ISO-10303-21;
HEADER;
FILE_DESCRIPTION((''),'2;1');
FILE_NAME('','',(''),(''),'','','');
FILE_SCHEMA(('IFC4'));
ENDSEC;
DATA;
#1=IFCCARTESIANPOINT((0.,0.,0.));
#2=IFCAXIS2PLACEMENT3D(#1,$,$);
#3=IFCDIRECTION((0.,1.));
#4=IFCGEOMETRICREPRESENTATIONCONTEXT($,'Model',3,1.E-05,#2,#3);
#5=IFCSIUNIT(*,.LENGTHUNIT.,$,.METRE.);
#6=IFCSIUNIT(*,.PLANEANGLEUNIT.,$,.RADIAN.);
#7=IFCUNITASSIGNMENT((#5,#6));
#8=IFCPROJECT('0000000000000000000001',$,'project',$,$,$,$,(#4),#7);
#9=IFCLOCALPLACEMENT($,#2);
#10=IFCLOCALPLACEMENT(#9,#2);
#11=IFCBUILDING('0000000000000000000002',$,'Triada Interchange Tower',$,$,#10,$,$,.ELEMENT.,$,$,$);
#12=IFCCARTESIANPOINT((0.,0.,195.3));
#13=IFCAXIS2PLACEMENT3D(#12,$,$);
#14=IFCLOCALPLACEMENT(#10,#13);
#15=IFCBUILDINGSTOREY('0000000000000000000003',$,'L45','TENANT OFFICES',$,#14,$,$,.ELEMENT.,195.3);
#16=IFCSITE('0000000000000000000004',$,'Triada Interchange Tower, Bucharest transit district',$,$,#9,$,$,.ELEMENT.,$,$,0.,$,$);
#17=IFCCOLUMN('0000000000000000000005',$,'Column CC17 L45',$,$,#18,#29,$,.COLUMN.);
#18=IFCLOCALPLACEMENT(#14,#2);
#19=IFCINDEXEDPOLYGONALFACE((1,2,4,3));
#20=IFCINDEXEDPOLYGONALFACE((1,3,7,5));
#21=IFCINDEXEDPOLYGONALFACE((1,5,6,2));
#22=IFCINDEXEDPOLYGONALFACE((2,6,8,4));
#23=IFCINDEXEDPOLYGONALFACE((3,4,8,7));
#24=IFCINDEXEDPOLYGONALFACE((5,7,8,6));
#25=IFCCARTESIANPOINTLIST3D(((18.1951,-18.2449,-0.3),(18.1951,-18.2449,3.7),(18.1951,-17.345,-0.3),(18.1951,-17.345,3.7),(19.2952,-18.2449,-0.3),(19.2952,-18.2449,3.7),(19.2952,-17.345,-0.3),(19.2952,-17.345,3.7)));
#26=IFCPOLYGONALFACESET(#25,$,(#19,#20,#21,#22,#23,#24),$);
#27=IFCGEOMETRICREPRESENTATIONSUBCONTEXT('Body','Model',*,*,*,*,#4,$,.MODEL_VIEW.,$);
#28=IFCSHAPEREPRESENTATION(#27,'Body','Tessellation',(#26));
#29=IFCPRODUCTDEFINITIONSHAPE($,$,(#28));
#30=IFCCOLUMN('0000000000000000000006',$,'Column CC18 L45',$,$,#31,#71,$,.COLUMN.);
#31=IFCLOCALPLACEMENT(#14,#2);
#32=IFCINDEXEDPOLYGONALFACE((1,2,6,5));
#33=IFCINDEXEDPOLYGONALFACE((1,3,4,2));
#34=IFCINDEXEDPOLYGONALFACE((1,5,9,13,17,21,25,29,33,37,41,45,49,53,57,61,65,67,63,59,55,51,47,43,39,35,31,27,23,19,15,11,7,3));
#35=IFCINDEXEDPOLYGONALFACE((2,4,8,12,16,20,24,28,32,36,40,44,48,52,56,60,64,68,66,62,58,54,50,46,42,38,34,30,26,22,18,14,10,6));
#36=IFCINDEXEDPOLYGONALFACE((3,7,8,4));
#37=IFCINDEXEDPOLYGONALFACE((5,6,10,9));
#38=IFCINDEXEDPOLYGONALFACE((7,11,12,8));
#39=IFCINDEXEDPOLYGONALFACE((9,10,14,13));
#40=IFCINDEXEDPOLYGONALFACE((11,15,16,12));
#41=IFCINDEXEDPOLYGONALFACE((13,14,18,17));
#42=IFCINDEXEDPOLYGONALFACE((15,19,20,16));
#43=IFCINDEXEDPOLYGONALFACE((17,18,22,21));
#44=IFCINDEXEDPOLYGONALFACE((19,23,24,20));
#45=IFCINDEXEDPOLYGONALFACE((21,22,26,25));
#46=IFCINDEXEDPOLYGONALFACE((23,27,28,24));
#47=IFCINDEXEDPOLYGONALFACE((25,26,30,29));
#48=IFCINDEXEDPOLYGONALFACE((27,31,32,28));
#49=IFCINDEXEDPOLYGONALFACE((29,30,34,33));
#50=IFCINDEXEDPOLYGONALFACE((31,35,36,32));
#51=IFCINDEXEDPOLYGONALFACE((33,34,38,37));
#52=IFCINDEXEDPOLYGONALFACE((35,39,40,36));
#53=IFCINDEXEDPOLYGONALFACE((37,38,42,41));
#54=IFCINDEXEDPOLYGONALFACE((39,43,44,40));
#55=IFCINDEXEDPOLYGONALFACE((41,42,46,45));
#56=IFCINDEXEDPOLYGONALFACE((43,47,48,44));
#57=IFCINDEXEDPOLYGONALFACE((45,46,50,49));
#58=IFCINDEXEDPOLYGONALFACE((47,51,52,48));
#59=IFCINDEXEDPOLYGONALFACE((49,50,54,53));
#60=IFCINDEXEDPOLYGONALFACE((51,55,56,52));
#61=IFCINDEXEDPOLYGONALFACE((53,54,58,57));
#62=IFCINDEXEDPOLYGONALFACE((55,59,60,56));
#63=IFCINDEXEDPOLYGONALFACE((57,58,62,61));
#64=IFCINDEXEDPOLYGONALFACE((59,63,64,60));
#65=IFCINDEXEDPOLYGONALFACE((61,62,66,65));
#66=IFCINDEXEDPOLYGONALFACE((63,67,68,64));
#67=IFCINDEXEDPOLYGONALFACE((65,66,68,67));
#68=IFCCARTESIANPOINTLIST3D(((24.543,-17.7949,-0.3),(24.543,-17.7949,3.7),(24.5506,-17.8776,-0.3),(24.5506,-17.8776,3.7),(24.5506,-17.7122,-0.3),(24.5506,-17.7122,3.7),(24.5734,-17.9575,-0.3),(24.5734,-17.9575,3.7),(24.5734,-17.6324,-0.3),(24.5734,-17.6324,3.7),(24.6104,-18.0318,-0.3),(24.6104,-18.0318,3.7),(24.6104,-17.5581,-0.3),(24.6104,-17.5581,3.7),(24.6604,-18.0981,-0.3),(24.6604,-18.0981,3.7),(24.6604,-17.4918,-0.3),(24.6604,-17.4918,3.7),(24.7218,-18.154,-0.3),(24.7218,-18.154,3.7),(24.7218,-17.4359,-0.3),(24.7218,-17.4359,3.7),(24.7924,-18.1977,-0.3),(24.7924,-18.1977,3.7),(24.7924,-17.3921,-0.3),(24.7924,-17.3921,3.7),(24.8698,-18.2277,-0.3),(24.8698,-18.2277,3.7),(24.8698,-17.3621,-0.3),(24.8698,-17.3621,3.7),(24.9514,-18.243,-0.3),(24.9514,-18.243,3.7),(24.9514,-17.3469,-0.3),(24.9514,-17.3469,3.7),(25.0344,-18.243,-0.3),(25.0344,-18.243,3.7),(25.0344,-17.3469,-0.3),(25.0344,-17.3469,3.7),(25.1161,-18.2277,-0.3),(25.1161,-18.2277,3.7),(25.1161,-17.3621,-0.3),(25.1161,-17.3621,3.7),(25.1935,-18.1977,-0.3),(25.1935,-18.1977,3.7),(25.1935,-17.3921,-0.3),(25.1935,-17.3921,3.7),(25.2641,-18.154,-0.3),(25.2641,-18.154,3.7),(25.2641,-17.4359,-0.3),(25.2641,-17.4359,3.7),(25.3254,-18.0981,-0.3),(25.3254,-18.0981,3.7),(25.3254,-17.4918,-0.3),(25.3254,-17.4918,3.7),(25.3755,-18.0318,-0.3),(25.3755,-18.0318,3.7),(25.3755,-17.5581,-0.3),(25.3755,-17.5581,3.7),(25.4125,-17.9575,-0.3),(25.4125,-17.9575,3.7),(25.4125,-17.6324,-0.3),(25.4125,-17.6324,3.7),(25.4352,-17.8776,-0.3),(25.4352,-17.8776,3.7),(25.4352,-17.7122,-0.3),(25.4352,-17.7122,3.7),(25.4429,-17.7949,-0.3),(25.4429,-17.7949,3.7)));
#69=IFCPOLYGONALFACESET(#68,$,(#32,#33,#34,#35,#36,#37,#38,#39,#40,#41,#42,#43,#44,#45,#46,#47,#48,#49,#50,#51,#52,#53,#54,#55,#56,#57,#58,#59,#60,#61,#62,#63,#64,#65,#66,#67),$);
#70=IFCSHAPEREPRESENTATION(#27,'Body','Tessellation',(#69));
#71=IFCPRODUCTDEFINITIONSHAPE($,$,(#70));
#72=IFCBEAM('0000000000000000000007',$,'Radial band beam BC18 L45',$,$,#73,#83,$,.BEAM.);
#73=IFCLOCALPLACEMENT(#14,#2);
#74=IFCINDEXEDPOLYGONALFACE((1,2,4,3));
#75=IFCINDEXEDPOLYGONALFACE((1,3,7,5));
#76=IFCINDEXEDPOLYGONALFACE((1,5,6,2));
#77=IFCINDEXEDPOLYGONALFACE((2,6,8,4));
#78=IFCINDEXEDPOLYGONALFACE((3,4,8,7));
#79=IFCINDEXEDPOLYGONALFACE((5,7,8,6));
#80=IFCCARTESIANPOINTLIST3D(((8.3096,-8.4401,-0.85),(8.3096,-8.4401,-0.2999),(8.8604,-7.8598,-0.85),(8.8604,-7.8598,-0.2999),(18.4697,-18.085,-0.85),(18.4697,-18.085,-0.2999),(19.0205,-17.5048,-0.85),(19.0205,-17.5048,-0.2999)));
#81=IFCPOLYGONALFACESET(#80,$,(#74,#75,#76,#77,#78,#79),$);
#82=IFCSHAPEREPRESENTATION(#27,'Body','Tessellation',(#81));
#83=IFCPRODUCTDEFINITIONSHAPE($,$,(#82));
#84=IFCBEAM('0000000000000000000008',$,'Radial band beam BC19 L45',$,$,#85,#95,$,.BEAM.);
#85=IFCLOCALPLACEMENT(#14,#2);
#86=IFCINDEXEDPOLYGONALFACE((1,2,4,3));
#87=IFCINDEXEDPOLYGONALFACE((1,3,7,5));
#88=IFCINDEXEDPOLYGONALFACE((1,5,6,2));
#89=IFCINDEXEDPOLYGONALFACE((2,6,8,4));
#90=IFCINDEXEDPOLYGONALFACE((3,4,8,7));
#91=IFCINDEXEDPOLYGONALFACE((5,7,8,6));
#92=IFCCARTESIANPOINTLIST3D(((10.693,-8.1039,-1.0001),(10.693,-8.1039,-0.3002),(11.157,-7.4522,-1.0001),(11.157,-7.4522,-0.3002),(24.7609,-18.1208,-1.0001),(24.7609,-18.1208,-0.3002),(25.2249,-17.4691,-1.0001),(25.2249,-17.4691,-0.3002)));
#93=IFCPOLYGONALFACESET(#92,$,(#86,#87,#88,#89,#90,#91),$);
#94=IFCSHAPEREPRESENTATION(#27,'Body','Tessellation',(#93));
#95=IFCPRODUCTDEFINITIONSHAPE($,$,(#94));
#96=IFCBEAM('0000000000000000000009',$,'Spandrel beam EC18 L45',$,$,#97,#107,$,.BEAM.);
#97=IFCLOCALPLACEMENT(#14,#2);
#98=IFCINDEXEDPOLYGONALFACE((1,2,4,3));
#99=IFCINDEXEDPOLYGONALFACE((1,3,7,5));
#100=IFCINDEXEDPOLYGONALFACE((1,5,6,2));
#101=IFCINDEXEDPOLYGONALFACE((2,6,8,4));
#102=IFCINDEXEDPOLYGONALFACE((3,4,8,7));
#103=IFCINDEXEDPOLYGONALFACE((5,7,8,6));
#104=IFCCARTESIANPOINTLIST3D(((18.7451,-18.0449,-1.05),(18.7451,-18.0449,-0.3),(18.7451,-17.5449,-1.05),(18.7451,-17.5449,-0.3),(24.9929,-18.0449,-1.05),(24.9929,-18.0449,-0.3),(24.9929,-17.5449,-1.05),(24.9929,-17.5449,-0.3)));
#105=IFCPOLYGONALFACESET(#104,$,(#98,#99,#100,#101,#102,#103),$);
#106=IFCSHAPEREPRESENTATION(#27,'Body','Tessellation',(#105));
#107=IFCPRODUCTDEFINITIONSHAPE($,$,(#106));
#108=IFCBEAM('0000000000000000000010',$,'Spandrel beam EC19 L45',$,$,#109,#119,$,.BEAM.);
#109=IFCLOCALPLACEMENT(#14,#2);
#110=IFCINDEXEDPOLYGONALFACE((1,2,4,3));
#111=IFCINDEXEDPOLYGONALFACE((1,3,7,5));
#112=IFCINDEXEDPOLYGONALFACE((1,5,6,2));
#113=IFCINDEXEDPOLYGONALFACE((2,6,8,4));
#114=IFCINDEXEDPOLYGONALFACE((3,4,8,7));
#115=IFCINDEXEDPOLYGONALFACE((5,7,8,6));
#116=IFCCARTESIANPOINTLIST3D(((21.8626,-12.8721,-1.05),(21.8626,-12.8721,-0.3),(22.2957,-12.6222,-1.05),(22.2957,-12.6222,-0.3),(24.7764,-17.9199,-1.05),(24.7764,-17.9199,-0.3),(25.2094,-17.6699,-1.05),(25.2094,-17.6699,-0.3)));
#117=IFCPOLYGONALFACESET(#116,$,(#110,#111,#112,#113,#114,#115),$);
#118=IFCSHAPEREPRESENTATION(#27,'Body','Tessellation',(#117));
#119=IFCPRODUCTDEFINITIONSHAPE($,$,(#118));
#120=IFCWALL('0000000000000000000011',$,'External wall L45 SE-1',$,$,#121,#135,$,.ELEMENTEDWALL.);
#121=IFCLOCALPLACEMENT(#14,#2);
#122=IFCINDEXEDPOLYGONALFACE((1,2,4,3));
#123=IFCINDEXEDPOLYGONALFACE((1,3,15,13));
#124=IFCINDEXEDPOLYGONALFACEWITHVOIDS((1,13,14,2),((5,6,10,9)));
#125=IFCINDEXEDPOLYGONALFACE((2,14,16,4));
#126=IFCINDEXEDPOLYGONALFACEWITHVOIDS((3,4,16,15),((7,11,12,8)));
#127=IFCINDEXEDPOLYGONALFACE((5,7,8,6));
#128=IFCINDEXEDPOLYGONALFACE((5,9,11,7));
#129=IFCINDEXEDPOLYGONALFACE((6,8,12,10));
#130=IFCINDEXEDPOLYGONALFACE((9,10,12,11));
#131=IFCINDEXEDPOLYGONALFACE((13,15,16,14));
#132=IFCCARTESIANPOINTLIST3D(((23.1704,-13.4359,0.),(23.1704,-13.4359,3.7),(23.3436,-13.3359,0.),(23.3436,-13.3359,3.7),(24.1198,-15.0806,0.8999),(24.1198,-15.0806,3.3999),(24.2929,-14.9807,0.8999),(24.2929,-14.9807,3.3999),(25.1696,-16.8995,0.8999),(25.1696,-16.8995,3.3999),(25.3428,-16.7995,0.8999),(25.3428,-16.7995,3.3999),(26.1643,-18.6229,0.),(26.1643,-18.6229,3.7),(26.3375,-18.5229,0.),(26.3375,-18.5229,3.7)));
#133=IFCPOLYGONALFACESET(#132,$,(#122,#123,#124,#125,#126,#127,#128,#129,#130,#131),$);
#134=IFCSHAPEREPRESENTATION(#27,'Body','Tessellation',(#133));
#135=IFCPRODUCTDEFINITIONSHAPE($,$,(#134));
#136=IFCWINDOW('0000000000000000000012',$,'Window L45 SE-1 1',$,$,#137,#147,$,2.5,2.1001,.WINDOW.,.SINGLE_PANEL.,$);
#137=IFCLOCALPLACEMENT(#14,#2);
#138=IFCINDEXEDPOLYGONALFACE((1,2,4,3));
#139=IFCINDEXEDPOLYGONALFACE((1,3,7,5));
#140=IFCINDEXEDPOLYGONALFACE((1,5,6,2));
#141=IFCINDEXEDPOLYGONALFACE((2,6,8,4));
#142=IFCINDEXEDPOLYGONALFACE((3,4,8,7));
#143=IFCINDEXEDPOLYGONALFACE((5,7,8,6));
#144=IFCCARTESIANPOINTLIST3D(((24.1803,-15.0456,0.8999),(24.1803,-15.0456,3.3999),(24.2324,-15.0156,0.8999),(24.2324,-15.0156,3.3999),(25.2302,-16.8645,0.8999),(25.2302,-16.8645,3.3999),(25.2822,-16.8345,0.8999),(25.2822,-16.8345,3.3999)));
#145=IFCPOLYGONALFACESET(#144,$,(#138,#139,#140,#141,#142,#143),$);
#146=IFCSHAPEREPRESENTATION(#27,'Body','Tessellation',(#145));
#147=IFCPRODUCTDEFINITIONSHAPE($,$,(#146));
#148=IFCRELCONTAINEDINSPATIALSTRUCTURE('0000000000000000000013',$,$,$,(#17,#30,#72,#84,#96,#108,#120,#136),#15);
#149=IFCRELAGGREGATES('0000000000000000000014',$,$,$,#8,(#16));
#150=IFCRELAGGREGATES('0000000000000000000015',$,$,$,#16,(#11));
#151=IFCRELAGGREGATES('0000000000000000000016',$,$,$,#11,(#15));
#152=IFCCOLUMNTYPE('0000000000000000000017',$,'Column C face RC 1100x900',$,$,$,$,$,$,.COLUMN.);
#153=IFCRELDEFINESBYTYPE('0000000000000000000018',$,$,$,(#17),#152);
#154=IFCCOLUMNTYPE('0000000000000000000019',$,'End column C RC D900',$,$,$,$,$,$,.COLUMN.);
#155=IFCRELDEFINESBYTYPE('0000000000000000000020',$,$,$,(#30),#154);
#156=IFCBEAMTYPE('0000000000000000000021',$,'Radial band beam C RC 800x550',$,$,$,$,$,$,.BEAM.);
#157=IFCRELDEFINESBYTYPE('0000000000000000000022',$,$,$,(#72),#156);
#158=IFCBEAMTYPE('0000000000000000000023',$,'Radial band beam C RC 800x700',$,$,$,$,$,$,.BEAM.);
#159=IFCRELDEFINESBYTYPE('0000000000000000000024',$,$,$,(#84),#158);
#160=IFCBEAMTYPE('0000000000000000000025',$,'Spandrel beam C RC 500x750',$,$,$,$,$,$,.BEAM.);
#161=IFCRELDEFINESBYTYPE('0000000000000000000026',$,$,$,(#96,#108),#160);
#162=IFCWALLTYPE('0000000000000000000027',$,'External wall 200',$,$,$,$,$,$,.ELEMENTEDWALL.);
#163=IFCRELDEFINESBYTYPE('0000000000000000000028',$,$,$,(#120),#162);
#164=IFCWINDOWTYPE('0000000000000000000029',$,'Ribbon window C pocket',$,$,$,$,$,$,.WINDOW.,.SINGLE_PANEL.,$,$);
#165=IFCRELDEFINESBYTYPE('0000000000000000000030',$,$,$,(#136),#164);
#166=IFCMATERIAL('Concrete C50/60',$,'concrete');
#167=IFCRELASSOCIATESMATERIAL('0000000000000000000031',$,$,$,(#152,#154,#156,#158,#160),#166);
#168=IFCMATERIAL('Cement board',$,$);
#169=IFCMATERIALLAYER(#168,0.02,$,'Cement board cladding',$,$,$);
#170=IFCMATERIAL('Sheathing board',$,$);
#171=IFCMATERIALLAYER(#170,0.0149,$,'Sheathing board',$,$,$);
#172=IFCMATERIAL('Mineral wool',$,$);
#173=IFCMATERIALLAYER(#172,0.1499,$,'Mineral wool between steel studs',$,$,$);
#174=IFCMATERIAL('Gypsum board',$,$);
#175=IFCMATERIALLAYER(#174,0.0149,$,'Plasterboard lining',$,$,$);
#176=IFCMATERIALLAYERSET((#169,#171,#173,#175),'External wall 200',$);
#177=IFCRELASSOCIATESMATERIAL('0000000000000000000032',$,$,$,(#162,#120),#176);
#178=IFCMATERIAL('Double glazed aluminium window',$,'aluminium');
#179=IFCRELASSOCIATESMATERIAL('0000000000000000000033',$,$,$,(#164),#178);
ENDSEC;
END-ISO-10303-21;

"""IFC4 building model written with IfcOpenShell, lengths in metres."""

from ifc_helpers import new_model, si_unit, direction, frame, frame_2d, origin, origin_2d, place, context, subcontext, project, spatial, rectangle, circle, extrude, material, layer, layer_set, layer_usage, material_profile, profile_set, type_object, element, fill, save


model = new_model("IFC4")

# Units and contexts
model_context = context("Model", 3, precision=1e-05, world=origin(), true_north=direction((0.0, 1.0)))
body_context = subcontext(model_context, "Body", "Model", "MODEL_VIEW")
ifc_project = project(units=[si_unit("LENGTHUNIT", "METRE"), si_unit("PLANEANGLEUNIT", "RADIAN")], contexts=[model_context])

# Site, building, storey
site_placement = place(None, origin())
site = spatial("IfcSite", under=ifc_project, at=site_placement, Name="Triada Interchange Tower, Bucharest transit district", CompositionType="ELEMENT", RefElevation=0.0)
building_placement = place(site_placement, origin())
building = spatial("IfcBuilding", under=site, at=building_placement, Name="Triada Interchange Tower", CompositionType="ELEMENT")
storey_placement = place(building_placement, frame((0.0, 0.0, 195.3)))
storey = spatial("IfcBuildingStorey", under=building, at=storey_placement, Name="L45", Description="TENANT OFFICES", CompositionType="ELEMENT", Elevation=195.3)

# Columns
ifc_material_1 = material(Name="Concrete C50/60", Category="concrete")
ifc_material_profile_1 = material_profile(ifc_material_1, rectangle(XDim=1.1001, YDim=0.8999, at=origin_2d()), Name="RC 1100x900")
ifc_profile_set_1 = profile_set([ifc_material_profile_1], Name="Concrete C50/60")
column_type_1 = type_object("IfcColumnType", Name="Column C face RC 1100x900", PredefinedType="COLUMN", material=ifc_profile_set_1)
column_1_placement = place(storey_placement, frame((18.7451, -17.7949, -0.3), z_axis=(0.0, 0.0, 1.0), x_axis=(1.0, 0.0, 0.0)))
element("IfcColumn", 1, at=column_1_placement, inside=storey, type_object=column_type_1, Name="Column CC17 L45", PredefinedType="COLUMN", context=body_context, shape_type="SweptSolid", body=[
    extrude(rectangle(XDim=1.1001, YDim=0.8999, at=origin_2d()), origin(), (0.0, 0.0, 1.0), 4.0),
])
ifc_material_profile_2 = material_profile(ifc_material_1, circle(Radius=0.45, at=origin_2d()), Name="RC D900")
ifc_profile_set_2 = profile_set([ifc_material_profile_2], Name="Concrete C50/60")
column_type_2 = type_object("IfcColumnType", Name="End column C RC D900", PredefinedType="COLUMN", material=ifc_profile_set_2)
column_2_placement = place(storey_placement, frame((24.9929, -17.7949, -0.3), z_axis=(0.0, 0.0, 1.0), x_axis=(1.0, 0.0, 0.0)))
element("IfcColumn", 2, at=column_2_placement, inside=storey, type_object=column_type_2, Name="Column CC18 L45", PredefinedType="COLUMN", context=body_context, shape_type="SweptSolid", body=[
    extrude(circle(Radius=0.45, at=origin_2d()), origin(), (0.0, 0.0, 1.0), 4.0),
])

# Beams
ifc_material_profile_3 = material_profile(ifc_material_1, rectangle(XDim=0.8, YDim=0.55, at=origin_2d()), Name="RC 800x550")
ifc_profile_set_3 = profile_set([ifc_material_profile_3], Name="Concrete C50/60")
beam_type_1 = type_object("IfcBeamType", Name="Radial band beam C RC 800x550", PredefinedType="BEAM", material=ifc_profile_set_3)
beam_1_placement = place(storey_placement, frame((18.7451, -17.7949, -0.575), z_axis=(-0.725253, 0.688482, 0.0), x_axis=(-0.688482, -0.725253, 0.0)))
element("IfcBeam", 3, at=beam_1_placement, inside=storey, type_object=beam_type_1, Name="Radial band beam BC18 L45", PredefinedType="BEAM", context=body_context, shape_type="SweptSolid", body=[
    extrude(rectangle(XDim=0.8, YDim=0.55, at=origin_2d()), origin(), (0.0, 0.0, 1.0), 14.009),
])
ifc_material_profile_4 = material_profile(ifc_material_1, rectangle(XDim=0.8, YDim=0.7, at=origin_2d()), Name="RC 800x700")
ifc_profile_set_4 = profile_set([ifc_material_profile_4], Name="Concrete C50/60")
beam_type_2 = type_object("IfcBeamType", Name="Radial band beam C RC 800x700", PredefinedType="BEAM", material=ifc_profile_set_4)
beam_2_placement = place(storey_placement, frame((24.9929, -17.7949, -0.6501), z_axis=(-0.814599, 0.580025, 0.0), x_axis=(-0.580025, -0.814599, 0.0)))
element("IfcBeam", 4, at=beam_2_placement, inside=storey, type_object=beam_type_2, Name="Radial band beam BC19 L45", PredefinedType="BEAM", context=body_context, shape_type="SweptSolid", body=[
    extrude(rectangle(XDim=0.8, YDim=0.7, at=origin_2d()), origin(), (0.0, 0.0, 1.0), 17.2698),
])
ifc_material_profile_5 = material_profile(ifc_material_1, rectangle(XDim=0.5, YDim=0.75, at=origin_2d()), Name="RC 500x750")
ifc_profile_set_5 = profile_set([ifc_material_profile_5], Name="Concrete C50/60")
beam_type_3 = type_object("IfcBeamType", Name="Spandrel beam C RC 500x750", PredefinedType="BEAM", material=ifc_profile_set_5)
beam_3_placement = place(storey_placement, frame((18.7451, -17.7949, -0.675), z_axis=(1.0, 0.0, 0.0), x_axis=(0.0, 1.0, 0.0)))
element("IfcBeam", 5, at=beam_3_placement, inside=storey, type_object=beam_type_3, Name="Spandrel beam EC18 L45", PredefinedType="BEAM", context=body_context, shape_type="SweptSolid", body=[
    extrude(rectangle(XDim=0.5, YDim=0.75, at=origin_2d()), origin(), (0.0, 0.0, 1.0), 6.2478),
])
beam_4_placement = place(storey_placement, frame((24.9929, -17.7949, -0.675), z_axis=(-0.499928, 0.866067, 0.0), x_axis=(-0.866067, -0.499928, 0.0)))
element("IfcBeam", 6, at=beam_4_placement, inside=storey, type_object=beam_type_3, Name="Spandrel beam EC19 L45", PredefinedType="BEAM", context=body_context, shape_type="SweptSolid", body=[
    extrude(rectangle(XDim=0.5, YDim=0.75, at=origin_2d()), origin(), (0.0, 0.0, 1.0), 5.8284),
])

# Wall, opening, window
ifc_material_2 = material(Name="Cement board")
ifc_layer_1 = layer(ifc_material_2, 0.02, Name="Cement board cladding")
ifc_material_3 = material(Name="Sheathing board")
ifc_layer_2 = layer(ifc_material_3, 0.0149, Name="Sheathing board")
ifc_material_4 = material(Name="Mineral wool")
ifc_layer_3 = layer(ifc_material_4, 0.1499, Name="Mineral wool between steel studs")
ifc_material_5 = material(Name="Gypsum board")
ifc_layer_4 = layer(ifc_material_5, 0.0149, Name="Plasterboard lining")
ifc_layer_set_1 = layer_set([ifc_layer_1, ifc_layer_2, ifc_layer_3, ifc_layer_4], Name="External wall 200")
ifc_layer_usage = layer_usage(ifc_layer_set_1, "AXIS2", "POSITIVE", -0.1001)
wall_type_1 = type_object("IfcWallType", Name="External wall 200", PredefinedType="ELEMENTEDWALL", material=ifc_layer_set_1)
wall_1_placement = place(storey_placement, frame((26.251, -18.573, 0.0), z_axis=(0.0, 0.0, 1.0), x_axis=(-0.499897, 0.866085, 0.0)))
wall_1 = element("IfcWall", 7, at=wall_1_placement, inside=storey, type_object=wall_type_1, material=ifc_layer_usage, Name="External wall L45 SE-1", PredefinedType="ELEMENTEDWALL", context=body_context, shape_type="SweptSolid", body=[
    extrude(rectangle(XDim=5.989, YDim=0.2, at=frame_2d((2.9946, 0.0))), origin(), (0.0, 0.0, 1.0), 3.7),
])
opening_1_placement = place(wall_1_placement, frame((1.99, 0.0, 0.8999)))
opening_1 = element("IfcOpeningElement", 8, at=opening_1_placement, cuts=wall_1, PredefinedType="OPENING", context=body_context, shape_type="SweptSolid", body=[
    extrude(rectangle(XDim=2.1001, YDim=2.5, at=frame_2d((1.05, 1.25))), frame((0.0, 0.1099, 0.0), z_axis=(0.0, -1.0, 0.0), x_axis=(1.0, 0.0, 0.0)), (0.0, 0.0, 1.0), 0.22),
])
ifc_material_6 = material(Name="Double glazed aluminium window", Category="aluminium")
window_type_1 = type_object("IfcWindowType", Name="Ribbon window C pocket", PartitioningType="SINGLE_PANEL", PredefinedType="WINDOW", material=ifc_material_6)
window_1_placement = place(opening_1_placement, origin())
window_1 = element("IfcWindow", 9, at=window_1_placement, inside=storey, type_object=window_type_1, Name="Window L45 SE-1 1", OverallHeight=2.5, OverallWidth=2.1001, PartitioningType="SINGLE_PANEL", PredefinedType="WINDOW", context=body_context, shape_type="SweptSolid", body=[
    extrude(rectangle(XDim=2.1001, YDim=2.5, at=frame_2d((1.05, 1.25))), frame((0.0, 0.03, 0.0), z_axis=(0.0, -1.0, 0.0), x_axis=(1.0, 0.0, 0.0)), (0.0, 0.0, 1.0), 0.0601),
])
fill(opening_1, window_1)

save(model, "model.ifc")
